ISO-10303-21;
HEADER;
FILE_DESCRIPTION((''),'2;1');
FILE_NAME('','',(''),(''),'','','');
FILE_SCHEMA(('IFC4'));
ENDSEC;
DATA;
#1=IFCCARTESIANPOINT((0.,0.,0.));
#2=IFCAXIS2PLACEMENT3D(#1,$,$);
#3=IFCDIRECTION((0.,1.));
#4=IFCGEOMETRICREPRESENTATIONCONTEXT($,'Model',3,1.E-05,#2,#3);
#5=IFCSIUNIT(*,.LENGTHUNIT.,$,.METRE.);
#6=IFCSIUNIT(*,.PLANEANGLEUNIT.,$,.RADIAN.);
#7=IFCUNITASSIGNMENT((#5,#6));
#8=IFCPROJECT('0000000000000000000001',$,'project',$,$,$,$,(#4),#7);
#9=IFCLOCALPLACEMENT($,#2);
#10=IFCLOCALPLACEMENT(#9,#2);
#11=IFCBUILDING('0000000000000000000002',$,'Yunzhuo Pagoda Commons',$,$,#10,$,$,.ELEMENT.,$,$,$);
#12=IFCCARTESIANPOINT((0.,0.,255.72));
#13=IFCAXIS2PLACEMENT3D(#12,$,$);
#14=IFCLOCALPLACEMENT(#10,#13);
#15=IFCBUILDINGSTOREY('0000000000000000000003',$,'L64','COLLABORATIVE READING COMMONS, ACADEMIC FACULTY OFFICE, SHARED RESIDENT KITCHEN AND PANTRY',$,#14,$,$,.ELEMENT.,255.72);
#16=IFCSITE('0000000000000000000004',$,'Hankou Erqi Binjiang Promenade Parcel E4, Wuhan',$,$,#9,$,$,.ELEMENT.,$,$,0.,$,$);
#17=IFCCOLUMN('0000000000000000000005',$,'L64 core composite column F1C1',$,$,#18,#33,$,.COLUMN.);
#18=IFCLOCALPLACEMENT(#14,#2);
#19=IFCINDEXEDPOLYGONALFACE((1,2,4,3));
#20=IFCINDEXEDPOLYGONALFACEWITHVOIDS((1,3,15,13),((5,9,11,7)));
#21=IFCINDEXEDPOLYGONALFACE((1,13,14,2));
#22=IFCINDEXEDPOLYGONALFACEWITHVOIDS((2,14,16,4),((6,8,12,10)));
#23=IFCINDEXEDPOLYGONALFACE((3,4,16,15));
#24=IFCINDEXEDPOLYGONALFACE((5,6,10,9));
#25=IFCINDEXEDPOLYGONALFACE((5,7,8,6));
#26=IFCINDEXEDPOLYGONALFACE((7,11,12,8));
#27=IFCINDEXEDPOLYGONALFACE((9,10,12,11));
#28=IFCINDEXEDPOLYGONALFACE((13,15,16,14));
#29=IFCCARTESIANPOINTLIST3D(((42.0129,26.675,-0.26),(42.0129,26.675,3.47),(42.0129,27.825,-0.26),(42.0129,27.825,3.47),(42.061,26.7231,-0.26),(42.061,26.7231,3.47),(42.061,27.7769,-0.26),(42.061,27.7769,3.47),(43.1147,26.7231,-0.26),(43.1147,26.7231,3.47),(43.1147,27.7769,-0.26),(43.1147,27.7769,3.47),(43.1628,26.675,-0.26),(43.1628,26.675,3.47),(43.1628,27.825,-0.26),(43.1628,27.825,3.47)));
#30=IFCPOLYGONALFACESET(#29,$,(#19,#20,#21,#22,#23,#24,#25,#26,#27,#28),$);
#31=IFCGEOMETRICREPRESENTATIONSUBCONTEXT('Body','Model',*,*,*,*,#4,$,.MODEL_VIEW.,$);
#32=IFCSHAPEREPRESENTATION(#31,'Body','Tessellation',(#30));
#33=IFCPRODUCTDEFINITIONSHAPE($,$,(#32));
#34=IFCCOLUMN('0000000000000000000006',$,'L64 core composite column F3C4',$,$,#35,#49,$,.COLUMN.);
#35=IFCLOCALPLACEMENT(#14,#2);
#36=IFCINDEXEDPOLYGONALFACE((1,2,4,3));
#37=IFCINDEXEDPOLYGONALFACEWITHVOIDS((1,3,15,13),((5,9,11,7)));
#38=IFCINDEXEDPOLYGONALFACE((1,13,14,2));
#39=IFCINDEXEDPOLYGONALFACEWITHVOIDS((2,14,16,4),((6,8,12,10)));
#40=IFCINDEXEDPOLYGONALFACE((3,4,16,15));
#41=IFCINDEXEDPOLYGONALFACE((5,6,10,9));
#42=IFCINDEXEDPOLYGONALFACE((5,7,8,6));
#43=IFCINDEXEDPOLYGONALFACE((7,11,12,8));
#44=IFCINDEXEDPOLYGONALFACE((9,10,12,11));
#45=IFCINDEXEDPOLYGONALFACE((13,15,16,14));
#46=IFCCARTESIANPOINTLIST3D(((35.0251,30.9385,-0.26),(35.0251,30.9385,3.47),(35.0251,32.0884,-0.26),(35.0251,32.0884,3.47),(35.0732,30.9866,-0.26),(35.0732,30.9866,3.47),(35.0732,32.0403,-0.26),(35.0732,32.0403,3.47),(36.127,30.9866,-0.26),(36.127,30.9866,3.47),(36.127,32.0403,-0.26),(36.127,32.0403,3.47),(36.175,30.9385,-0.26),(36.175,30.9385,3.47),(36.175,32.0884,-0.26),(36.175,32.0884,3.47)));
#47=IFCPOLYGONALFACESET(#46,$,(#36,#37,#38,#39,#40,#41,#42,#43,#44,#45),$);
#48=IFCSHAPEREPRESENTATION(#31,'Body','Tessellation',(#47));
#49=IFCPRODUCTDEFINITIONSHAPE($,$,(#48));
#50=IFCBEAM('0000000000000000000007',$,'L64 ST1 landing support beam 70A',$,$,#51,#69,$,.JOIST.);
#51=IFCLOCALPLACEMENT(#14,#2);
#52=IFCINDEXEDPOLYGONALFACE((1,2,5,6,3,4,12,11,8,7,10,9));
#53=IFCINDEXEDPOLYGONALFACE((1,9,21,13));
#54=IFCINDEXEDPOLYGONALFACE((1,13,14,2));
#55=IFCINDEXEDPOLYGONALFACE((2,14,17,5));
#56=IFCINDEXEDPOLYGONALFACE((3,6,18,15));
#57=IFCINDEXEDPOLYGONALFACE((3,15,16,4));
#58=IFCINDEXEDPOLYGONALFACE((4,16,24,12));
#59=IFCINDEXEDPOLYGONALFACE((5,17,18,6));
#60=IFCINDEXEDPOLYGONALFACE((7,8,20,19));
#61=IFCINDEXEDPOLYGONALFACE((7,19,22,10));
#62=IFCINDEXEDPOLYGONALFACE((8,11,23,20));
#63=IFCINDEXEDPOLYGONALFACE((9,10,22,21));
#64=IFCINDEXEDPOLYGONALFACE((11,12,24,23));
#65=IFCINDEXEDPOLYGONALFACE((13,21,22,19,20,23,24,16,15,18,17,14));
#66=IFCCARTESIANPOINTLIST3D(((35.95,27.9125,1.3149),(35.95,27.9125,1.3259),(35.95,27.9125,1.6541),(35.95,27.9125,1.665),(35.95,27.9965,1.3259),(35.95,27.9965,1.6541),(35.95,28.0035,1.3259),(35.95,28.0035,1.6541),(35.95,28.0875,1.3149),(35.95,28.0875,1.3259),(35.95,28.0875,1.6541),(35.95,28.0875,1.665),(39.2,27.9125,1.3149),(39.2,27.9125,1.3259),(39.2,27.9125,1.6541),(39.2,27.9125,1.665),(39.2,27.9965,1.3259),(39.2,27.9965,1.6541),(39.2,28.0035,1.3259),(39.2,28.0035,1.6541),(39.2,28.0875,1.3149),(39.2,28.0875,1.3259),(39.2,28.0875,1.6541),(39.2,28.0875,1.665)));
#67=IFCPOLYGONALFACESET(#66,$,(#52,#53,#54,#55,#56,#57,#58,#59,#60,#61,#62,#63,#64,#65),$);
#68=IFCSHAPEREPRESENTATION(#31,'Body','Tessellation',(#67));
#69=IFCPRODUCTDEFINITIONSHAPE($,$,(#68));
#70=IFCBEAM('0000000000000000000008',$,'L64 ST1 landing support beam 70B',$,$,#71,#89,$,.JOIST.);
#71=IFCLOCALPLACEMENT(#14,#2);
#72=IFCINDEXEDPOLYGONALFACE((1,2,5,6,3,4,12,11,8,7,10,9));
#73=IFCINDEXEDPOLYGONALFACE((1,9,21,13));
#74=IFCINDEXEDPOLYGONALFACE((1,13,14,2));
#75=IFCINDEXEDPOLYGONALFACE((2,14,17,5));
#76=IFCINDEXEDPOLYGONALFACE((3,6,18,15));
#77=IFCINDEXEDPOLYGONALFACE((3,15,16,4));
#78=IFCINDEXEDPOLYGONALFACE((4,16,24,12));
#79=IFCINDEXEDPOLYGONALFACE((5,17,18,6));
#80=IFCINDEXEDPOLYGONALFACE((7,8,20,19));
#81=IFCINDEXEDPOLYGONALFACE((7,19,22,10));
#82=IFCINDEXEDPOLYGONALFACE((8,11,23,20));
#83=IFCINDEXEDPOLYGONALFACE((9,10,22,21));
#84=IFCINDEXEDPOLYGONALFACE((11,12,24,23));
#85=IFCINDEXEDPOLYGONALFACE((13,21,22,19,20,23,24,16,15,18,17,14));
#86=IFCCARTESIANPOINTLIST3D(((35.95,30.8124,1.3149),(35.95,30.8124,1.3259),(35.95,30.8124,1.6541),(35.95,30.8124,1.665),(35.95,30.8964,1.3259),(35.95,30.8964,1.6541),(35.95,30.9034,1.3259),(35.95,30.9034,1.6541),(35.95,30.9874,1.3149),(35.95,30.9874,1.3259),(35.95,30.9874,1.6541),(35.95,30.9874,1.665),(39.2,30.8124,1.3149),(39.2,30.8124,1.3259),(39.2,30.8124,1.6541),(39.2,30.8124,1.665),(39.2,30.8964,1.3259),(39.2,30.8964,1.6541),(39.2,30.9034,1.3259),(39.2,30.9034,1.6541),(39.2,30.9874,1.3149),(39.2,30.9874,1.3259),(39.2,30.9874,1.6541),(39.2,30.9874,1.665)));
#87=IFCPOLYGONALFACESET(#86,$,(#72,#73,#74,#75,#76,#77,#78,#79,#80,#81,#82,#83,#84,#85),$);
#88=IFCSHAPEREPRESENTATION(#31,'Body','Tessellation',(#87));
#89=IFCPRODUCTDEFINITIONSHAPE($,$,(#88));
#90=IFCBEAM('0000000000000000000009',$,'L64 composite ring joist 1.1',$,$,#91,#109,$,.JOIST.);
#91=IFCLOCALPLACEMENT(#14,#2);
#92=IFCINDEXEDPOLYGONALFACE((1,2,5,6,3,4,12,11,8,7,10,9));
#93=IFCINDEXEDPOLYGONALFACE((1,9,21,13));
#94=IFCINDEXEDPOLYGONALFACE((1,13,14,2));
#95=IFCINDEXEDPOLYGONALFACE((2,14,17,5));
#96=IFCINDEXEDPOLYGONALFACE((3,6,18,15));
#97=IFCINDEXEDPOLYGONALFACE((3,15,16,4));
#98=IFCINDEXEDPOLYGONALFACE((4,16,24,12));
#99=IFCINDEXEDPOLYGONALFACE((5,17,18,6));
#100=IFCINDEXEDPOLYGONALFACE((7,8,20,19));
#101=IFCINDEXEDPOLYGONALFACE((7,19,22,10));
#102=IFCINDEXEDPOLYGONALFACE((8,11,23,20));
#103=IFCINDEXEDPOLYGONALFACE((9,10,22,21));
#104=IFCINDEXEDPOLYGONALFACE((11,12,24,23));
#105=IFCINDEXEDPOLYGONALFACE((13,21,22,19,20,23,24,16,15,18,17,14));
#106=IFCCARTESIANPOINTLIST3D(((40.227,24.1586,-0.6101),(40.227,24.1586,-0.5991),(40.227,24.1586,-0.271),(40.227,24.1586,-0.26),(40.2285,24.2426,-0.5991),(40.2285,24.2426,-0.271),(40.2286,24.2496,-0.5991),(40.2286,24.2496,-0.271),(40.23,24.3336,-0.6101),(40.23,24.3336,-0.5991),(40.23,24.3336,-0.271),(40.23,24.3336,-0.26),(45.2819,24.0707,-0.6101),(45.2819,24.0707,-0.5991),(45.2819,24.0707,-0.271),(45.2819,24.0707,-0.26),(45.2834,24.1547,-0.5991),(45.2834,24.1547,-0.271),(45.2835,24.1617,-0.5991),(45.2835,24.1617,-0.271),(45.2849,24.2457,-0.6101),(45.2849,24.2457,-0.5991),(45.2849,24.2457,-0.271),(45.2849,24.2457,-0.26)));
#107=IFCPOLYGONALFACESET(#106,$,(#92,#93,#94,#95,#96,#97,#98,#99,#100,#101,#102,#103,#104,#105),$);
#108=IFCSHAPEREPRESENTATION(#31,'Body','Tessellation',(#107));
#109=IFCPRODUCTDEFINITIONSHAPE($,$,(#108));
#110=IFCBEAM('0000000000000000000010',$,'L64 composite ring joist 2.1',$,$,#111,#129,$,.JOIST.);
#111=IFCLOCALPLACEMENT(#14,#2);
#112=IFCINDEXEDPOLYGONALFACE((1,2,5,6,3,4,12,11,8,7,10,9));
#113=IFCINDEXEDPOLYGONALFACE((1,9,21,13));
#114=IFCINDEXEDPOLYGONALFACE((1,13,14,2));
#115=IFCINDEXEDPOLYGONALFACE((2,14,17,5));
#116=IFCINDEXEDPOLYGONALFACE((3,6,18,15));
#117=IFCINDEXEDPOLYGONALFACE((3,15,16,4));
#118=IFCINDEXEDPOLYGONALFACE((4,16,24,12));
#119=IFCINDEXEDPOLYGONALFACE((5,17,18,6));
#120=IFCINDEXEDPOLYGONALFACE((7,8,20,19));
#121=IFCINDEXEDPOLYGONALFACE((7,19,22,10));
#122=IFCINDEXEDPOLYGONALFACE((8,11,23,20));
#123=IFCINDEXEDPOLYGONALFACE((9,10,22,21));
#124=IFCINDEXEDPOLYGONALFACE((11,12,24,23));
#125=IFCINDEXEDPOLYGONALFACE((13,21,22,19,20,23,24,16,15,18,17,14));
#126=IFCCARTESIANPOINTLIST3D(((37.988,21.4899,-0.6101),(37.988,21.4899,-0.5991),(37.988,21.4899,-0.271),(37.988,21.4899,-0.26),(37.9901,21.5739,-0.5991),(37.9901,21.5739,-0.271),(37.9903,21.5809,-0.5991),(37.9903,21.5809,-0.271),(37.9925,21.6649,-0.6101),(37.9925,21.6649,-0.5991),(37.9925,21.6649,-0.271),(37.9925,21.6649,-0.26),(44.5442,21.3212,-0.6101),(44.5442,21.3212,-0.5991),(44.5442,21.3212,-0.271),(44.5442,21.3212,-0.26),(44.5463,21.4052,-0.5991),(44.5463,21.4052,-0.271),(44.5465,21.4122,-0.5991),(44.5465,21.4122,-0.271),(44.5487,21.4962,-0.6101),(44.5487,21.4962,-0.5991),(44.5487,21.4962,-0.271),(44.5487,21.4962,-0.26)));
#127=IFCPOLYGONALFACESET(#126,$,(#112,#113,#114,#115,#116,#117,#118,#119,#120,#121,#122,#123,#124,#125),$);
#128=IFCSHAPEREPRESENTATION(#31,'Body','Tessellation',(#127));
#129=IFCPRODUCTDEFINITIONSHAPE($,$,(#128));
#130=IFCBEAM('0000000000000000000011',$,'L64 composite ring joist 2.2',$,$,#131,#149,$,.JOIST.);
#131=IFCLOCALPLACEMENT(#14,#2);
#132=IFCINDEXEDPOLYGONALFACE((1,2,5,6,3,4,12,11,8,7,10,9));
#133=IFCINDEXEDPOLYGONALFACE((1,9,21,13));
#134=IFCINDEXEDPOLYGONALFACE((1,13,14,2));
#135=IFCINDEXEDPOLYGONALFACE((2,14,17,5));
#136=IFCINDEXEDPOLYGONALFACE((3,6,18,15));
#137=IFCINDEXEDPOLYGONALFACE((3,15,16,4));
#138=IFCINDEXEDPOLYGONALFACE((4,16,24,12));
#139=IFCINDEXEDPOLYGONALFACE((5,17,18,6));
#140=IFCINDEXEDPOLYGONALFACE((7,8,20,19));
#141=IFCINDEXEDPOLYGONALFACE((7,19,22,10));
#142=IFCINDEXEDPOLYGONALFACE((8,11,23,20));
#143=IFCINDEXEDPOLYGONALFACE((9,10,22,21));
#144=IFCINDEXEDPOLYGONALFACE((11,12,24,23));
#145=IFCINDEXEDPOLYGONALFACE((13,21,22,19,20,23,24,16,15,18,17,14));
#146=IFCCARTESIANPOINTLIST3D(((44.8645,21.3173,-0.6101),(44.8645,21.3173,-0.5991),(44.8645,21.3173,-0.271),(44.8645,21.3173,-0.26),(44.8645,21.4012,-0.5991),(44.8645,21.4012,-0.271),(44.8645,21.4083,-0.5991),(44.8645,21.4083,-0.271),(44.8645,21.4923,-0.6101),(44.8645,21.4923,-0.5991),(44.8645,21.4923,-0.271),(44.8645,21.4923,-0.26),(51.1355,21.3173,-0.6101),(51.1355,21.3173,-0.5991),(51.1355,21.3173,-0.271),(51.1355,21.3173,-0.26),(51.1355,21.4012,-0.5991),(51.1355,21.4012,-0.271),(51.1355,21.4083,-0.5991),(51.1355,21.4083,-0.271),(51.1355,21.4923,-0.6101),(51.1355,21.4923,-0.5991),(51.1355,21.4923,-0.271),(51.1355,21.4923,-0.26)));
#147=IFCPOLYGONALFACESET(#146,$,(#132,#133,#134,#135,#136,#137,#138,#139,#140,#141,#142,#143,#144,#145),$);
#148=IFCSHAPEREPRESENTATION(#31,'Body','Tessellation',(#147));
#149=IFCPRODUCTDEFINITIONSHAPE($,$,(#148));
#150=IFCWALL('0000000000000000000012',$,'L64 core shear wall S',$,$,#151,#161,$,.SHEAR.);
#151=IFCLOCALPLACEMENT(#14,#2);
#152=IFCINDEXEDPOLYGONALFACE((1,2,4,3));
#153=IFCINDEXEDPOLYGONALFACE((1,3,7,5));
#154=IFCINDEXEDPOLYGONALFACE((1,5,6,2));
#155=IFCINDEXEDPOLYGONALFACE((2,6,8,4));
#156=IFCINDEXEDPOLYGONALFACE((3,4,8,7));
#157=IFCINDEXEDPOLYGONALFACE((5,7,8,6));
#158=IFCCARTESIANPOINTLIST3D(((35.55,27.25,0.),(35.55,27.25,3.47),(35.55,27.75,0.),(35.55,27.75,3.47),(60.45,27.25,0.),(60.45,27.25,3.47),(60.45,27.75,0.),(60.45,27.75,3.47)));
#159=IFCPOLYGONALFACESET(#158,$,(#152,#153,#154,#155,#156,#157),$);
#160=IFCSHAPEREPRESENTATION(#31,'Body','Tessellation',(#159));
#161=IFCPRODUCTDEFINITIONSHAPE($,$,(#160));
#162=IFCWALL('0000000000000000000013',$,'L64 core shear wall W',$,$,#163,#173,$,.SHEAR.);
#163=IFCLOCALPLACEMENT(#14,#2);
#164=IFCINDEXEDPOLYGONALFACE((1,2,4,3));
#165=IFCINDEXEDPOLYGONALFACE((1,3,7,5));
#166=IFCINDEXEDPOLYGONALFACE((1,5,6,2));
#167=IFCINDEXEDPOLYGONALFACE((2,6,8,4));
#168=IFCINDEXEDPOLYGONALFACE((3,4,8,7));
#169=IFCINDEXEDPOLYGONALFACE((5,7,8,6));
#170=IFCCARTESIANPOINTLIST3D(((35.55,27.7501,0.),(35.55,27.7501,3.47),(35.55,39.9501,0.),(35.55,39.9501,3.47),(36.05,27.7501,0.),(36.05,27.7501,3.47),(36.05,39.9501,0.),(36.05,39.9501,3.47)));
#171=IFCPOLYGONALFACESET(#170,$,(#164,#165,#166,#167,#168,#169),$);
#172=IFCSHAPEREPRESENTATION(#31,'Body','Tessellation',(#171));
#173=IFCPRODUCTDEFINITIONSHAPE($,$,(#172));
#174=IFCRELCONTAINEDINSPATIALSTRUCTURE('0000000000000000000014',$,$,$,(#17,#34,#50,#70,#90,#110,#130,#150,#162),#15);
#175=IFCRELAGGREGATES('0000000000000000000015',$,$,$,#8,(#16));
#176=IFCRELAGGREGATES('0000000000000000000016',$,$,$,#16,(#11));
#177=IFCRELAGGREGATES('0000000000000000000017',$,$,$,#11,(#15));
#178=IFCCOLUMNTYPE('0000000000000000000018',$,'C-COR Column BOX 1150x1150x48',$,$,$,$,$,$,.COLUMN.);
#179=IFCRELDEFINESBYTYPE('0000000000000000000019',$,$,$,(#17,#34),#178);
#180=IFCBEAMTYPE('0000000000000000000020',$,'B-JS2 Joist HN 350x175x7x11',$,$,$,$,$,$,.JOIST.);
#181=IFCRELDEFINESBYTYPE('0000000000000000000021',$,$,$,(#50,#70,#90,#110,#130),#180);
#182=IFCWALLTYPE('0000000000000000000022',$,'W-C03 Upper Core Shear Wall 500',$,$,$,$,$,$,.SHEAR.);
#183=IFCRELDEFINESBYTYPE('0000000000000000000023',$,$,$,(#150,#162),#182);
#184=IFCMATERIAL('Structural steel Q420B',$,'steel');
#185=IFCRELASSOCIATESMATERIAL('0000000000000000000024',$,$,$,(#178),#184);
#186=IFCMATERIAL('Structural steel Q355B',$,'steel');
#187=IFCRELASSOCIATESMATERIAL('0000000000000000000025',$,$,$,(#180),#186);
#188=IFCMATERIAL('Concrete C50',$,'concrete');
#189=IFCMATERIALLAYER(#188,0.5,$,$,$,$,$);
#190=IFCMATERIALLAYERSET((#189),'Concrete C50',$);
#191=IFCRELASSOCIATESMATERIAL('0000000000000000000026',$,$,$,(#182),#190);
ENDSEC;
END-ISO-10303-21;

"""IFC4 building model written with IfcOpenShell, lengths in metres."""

from ifc_helpers import new_model, si_unit, direction, frame, frame_2d, origin, origin_2d, place, context, subcontext, project, spatial, rectangle, hollow_rectangle, i_section, extrude, source, transform, mapped, material, layer, layer_set, material_profile, profile_set, type_object, element, save


model = new_model("IFC4")

# Units and contexts
model_context = context("Model", 3, precision=1e-05, world=origin(), true_north=direction((0.0, 1.0)))
body_context = subcontext(model_context, "Body", "Model", "MODEL_VIEW")
ifc_project = project(units=[si_unit("LENGTHUNIT", "METRE"), si_unit("PLANEANGLEUNIT", "RADIAN")], contexts=[model_context])

# Site, building, storey
site_placement = place(None, origin())
site = spatial("IfcSite", under=ifc_project, at=site_placement, Name="Hankou Erqi Binjiang Promenade Parcel E4, Wuhan", CompositionType="ELEMENT", RefElevation=0.0)
building_placement = place(site_placement, origin())
building = spatial("IfcBuilding", under=site, at=building_placement, Name="Yunzhuo Pagoda Commons", CompositionType="ELEMENT")
storey_placement = place(building_placement, frame((0.0, 0.0, 255.72)))
storey = spatial("IfcBuildingStorey", under=building, at=storey_placement, Name="L64", Description="COLLABORATIVE READING COMMONS, ACADEMIC FACULTY OFFICE, SHARED RESIDENT KITCHEN AND PANTRY", CompositionType="ELEMENT", Elevation=255.72)

# Columns
ifc_material_1 = material(Name="Structural steel Q420B", Category="steel")
ifc_material_profile_1 = material_profile(ifc_material_1, hollow_rectangle(XDim=1.1499, YDim=1.1499, WallThickness=0.0481, at=origin_2d()), Name="Structural steel Q420B")
ifc_profile_set_1 = profile_set([ifc_material_profile_1], Name="Structural steel Q420B")
column_type = type_object("IfcColumnType", Name="C-COR Column BOX 1150x1150x48", PredefinedType="COLUMN", material=ifc_profile_set_1)
shared_shape_1 = source(origin(), body_context, "Body", "SweptSolid", [
    extrude(hollow_rectangle(XDim=1.1499, YDim=1.1499, WallThickness=0.0481, at=origin_2d()), origin(), (0.0, 0.0, 1.0), 3.73),
])
for number, where, z_axis, x_axis, name in (
    (1, (42.5879, 27.25, -0.26), (0.0, 0.0, 1.0), (1.0, 0.0, 0.0), "L64 core composite column F1C1"),
    (2, (35.6001, 31.5134, -0.26), (0.0, 0.0, 1.0), (1.0, 0.0, 0.0), "L64 core composite column F3C4"),
):
    element("IfcColumn", number, at=place(storey_placement, frame(where, z_axis=z_axis, x_axis=x_axis)), inside=storey, type_object=column_type, Name=name, PredefinedType="COLUMN", context=body_context, shape_type="MappedRepresentation", body=[
        mapped(shared_shape_1, transform((0.0, 0.0, 0.0), scale=1.0)),
    ])

# Beams
ifc_material_2 = material(Name="Structural steel Q355B", Category="steel")
ifc_material_profile_2 = material_profile(ifc_material_2, i_section(OverallWidth=0.175, OverallDepth=0.3501, WebThickness=0.0071, FlangeThickness=0.011, at=origin_2d()), Name="Structural steel Q355B")
ifc_profile_set_2 = profile_set([ifc_material_profile_2], Name="Structural steel Q355B")
beam_type = type_object("IfcBeamType", Name="B-JS2 Joist HN 350x175x7x11", PredefinedType="JOIST", material=ifc_profile_set_2)
shared_shape_2 = source(origin(), body_context, "Body", "SweptSolid", [
    extrude(i_section(OverallWidth=0.175, OverallDepth=0.3501, WebThickness=0.0071, FlangeThickness=0.011, at=origin_2d()), origin(), (0.0, 0.0, 1.0), 3.25),
])
for number, where, z_axis, x_axis, name in (
    (3, (35.95, 28.0, 1.49), (1.0, 0.0, 0.0), (0.0, 1.0, 0.0), "L64 ST1 landing support beam 70A"),
    (4, (35.95, 30.8999, 1.49), (1.0, 0.0, 0.0), (0.0, 1.0, 0.0), "L64 ST1 landing support beam 70B"),
):
    element("IfcBeam", number, at=place(storey_placement, frame(where, z_axis=z_axis, x_axis=x_axis)), inside=storey, type_object=beam_type, Name=name, PredefinedType="JOIST", context=body_context, shape_type="MappedRepresentation", body=[
        mapped(shared_shape_2, transform((0.0, 0.0, 0.0), scale=1.0)),
    ])
shared_shape_3 = source(origin(), body_context, "Body", "SweptSolid", [
    extrude(i_section(OverallWidth=0.175, OverallDepth=0.3501, WebThickness=0.0071, FlangeThickness=0.011, at=origin_2d()), origin(), (0.0, 0.0, 1.0), 5.0557),
])
beam_1_placement = place(storey_placement, frame((40.2285, 24.2461, -0.4351), z_axis=(0.999849, -0.017384, 0.0), x_axis=(0.017384, 0.999849, 0.0)))
element("IfcBeam", 5, at=beam_1_placement, inside=storey, type_object=beam_type, Name="L64 composite ring joist 1.1", PredefinedType="JOIST", context=body_context, shape_type="MappedRepresentation", body=[
    mapped(shared_shape_3, transform((0.0, 0.0, 0.0), scale=1.0)),
])
shared_shape_4 = source(origin(), body_context, "Body", "SweptSolid", [
    extrude(i_section(OverallWidth=0.175, OverallDepth=0.3501, WebThickness=0.0071, FlangeThickness=0.011, at=origin_2d()), origin(), (0.0, 0.0, 1.0), 6.5583),
])
beam_2_placement = place(storey_placement, frame((37.9902, 21.5774, -0.4351), z_axis=(0.999669, -0.025723, 0.0), x_axis=(0.025723, 0.999669, 0.0)))
element("IfcBeam", 6, at=beam_2_placement, inside=storey, type_object=beam_type, Name="L64 composite ring joist 2.1", PredefinedType="JOIST", context=body_context, shape_type="MappedRepresentation", body=[
    mapped(shared_shape_4, transform((0.0, 0.0, 0.0), scale=1.0)),
])
shared_shape_5 = source(origin(), body_context, "Body", "SweptSolid", [
    extrude(i_section(OverallWidth=0.175, OverallDepth=0.3501, WebThickness=0.0071, FlangeThickness=0.011, at=origin_2d()), origin(), (0.0, 0.0, 1.0), 6.271),
])
beam_3_placement = place(storey_placement, frame((44.8645, 21.4048, -0.4351), z_axis=(1.0, 0.0, 0.0), x_axis=(0.0, 1.0, 0.0)))
element("IfcBeam", 7, at=beam_3_placement, inside=storey, type_object=beam_type, Name="L64 composite ring joist 2.2", PredefinedType="JOIST", context=body_context, shape_type="MappedRepresentation", body=[
    mapped(shared_shape_5, transform((0.0, 0.0, 0.0), scale=1.0)),
])

# Walls
ifc_material_3 = material(Name="Concrete C50", Category="concrete")
ifc_layer_1 = layer(ifc_material_3, 0.5)
ifc_layer_set_1 = layer_set([ifc_layer_1], Name="Concrete C50")
wall_type_1 = type_object("IfcWallType", Name="W-C03 Upper Core Shear Wall 500", PredefinedType="SHEAR", material=ifc_layer_set_1)
wall_1_placement = place(storey_placement, frame((35.55, 27.5, 0.0), z_axis=(0.0, 0.0, 1.0), x_axis=(1.0, 0.0, 0.0)))
element("IfcWall", 8, at=wall_1_placement, inside=storey, type_object=wall_type_1, Name="L64 core shear wall S", PredefinedType="SHEAR", context=body_context, shape_type="SweptSolid", body=[
    extrude(rectangle(XDim=24.8999, YDim=0.5, at=frame_2d((12.45, 0.0))), origin(), (0.0, 0.0, 1.0), 3.47),
])
wall_2_placement = place(storey_placement, frame((35.8, 27.75, 0.0), z_axis=(0.0, 0.0, 1.0), x_axis=(0.0, 1.0, 0.0)))
element("IfcWall", 9, at=wall_2_placement, inside=storey, type_object=wall_type_1, Name="L64 core shear wall W", PredefinedType="SHEAR", context=body_context, shape_type="SweptSolid", body=[
    extrude(rectangle(XDim=12.2, YDim=0.5, at=frame_2d((6.1001, 0.0))), origin(), (0.0, 0.0, 1.0), 3.47),
])

save(model, "model.ifc")
